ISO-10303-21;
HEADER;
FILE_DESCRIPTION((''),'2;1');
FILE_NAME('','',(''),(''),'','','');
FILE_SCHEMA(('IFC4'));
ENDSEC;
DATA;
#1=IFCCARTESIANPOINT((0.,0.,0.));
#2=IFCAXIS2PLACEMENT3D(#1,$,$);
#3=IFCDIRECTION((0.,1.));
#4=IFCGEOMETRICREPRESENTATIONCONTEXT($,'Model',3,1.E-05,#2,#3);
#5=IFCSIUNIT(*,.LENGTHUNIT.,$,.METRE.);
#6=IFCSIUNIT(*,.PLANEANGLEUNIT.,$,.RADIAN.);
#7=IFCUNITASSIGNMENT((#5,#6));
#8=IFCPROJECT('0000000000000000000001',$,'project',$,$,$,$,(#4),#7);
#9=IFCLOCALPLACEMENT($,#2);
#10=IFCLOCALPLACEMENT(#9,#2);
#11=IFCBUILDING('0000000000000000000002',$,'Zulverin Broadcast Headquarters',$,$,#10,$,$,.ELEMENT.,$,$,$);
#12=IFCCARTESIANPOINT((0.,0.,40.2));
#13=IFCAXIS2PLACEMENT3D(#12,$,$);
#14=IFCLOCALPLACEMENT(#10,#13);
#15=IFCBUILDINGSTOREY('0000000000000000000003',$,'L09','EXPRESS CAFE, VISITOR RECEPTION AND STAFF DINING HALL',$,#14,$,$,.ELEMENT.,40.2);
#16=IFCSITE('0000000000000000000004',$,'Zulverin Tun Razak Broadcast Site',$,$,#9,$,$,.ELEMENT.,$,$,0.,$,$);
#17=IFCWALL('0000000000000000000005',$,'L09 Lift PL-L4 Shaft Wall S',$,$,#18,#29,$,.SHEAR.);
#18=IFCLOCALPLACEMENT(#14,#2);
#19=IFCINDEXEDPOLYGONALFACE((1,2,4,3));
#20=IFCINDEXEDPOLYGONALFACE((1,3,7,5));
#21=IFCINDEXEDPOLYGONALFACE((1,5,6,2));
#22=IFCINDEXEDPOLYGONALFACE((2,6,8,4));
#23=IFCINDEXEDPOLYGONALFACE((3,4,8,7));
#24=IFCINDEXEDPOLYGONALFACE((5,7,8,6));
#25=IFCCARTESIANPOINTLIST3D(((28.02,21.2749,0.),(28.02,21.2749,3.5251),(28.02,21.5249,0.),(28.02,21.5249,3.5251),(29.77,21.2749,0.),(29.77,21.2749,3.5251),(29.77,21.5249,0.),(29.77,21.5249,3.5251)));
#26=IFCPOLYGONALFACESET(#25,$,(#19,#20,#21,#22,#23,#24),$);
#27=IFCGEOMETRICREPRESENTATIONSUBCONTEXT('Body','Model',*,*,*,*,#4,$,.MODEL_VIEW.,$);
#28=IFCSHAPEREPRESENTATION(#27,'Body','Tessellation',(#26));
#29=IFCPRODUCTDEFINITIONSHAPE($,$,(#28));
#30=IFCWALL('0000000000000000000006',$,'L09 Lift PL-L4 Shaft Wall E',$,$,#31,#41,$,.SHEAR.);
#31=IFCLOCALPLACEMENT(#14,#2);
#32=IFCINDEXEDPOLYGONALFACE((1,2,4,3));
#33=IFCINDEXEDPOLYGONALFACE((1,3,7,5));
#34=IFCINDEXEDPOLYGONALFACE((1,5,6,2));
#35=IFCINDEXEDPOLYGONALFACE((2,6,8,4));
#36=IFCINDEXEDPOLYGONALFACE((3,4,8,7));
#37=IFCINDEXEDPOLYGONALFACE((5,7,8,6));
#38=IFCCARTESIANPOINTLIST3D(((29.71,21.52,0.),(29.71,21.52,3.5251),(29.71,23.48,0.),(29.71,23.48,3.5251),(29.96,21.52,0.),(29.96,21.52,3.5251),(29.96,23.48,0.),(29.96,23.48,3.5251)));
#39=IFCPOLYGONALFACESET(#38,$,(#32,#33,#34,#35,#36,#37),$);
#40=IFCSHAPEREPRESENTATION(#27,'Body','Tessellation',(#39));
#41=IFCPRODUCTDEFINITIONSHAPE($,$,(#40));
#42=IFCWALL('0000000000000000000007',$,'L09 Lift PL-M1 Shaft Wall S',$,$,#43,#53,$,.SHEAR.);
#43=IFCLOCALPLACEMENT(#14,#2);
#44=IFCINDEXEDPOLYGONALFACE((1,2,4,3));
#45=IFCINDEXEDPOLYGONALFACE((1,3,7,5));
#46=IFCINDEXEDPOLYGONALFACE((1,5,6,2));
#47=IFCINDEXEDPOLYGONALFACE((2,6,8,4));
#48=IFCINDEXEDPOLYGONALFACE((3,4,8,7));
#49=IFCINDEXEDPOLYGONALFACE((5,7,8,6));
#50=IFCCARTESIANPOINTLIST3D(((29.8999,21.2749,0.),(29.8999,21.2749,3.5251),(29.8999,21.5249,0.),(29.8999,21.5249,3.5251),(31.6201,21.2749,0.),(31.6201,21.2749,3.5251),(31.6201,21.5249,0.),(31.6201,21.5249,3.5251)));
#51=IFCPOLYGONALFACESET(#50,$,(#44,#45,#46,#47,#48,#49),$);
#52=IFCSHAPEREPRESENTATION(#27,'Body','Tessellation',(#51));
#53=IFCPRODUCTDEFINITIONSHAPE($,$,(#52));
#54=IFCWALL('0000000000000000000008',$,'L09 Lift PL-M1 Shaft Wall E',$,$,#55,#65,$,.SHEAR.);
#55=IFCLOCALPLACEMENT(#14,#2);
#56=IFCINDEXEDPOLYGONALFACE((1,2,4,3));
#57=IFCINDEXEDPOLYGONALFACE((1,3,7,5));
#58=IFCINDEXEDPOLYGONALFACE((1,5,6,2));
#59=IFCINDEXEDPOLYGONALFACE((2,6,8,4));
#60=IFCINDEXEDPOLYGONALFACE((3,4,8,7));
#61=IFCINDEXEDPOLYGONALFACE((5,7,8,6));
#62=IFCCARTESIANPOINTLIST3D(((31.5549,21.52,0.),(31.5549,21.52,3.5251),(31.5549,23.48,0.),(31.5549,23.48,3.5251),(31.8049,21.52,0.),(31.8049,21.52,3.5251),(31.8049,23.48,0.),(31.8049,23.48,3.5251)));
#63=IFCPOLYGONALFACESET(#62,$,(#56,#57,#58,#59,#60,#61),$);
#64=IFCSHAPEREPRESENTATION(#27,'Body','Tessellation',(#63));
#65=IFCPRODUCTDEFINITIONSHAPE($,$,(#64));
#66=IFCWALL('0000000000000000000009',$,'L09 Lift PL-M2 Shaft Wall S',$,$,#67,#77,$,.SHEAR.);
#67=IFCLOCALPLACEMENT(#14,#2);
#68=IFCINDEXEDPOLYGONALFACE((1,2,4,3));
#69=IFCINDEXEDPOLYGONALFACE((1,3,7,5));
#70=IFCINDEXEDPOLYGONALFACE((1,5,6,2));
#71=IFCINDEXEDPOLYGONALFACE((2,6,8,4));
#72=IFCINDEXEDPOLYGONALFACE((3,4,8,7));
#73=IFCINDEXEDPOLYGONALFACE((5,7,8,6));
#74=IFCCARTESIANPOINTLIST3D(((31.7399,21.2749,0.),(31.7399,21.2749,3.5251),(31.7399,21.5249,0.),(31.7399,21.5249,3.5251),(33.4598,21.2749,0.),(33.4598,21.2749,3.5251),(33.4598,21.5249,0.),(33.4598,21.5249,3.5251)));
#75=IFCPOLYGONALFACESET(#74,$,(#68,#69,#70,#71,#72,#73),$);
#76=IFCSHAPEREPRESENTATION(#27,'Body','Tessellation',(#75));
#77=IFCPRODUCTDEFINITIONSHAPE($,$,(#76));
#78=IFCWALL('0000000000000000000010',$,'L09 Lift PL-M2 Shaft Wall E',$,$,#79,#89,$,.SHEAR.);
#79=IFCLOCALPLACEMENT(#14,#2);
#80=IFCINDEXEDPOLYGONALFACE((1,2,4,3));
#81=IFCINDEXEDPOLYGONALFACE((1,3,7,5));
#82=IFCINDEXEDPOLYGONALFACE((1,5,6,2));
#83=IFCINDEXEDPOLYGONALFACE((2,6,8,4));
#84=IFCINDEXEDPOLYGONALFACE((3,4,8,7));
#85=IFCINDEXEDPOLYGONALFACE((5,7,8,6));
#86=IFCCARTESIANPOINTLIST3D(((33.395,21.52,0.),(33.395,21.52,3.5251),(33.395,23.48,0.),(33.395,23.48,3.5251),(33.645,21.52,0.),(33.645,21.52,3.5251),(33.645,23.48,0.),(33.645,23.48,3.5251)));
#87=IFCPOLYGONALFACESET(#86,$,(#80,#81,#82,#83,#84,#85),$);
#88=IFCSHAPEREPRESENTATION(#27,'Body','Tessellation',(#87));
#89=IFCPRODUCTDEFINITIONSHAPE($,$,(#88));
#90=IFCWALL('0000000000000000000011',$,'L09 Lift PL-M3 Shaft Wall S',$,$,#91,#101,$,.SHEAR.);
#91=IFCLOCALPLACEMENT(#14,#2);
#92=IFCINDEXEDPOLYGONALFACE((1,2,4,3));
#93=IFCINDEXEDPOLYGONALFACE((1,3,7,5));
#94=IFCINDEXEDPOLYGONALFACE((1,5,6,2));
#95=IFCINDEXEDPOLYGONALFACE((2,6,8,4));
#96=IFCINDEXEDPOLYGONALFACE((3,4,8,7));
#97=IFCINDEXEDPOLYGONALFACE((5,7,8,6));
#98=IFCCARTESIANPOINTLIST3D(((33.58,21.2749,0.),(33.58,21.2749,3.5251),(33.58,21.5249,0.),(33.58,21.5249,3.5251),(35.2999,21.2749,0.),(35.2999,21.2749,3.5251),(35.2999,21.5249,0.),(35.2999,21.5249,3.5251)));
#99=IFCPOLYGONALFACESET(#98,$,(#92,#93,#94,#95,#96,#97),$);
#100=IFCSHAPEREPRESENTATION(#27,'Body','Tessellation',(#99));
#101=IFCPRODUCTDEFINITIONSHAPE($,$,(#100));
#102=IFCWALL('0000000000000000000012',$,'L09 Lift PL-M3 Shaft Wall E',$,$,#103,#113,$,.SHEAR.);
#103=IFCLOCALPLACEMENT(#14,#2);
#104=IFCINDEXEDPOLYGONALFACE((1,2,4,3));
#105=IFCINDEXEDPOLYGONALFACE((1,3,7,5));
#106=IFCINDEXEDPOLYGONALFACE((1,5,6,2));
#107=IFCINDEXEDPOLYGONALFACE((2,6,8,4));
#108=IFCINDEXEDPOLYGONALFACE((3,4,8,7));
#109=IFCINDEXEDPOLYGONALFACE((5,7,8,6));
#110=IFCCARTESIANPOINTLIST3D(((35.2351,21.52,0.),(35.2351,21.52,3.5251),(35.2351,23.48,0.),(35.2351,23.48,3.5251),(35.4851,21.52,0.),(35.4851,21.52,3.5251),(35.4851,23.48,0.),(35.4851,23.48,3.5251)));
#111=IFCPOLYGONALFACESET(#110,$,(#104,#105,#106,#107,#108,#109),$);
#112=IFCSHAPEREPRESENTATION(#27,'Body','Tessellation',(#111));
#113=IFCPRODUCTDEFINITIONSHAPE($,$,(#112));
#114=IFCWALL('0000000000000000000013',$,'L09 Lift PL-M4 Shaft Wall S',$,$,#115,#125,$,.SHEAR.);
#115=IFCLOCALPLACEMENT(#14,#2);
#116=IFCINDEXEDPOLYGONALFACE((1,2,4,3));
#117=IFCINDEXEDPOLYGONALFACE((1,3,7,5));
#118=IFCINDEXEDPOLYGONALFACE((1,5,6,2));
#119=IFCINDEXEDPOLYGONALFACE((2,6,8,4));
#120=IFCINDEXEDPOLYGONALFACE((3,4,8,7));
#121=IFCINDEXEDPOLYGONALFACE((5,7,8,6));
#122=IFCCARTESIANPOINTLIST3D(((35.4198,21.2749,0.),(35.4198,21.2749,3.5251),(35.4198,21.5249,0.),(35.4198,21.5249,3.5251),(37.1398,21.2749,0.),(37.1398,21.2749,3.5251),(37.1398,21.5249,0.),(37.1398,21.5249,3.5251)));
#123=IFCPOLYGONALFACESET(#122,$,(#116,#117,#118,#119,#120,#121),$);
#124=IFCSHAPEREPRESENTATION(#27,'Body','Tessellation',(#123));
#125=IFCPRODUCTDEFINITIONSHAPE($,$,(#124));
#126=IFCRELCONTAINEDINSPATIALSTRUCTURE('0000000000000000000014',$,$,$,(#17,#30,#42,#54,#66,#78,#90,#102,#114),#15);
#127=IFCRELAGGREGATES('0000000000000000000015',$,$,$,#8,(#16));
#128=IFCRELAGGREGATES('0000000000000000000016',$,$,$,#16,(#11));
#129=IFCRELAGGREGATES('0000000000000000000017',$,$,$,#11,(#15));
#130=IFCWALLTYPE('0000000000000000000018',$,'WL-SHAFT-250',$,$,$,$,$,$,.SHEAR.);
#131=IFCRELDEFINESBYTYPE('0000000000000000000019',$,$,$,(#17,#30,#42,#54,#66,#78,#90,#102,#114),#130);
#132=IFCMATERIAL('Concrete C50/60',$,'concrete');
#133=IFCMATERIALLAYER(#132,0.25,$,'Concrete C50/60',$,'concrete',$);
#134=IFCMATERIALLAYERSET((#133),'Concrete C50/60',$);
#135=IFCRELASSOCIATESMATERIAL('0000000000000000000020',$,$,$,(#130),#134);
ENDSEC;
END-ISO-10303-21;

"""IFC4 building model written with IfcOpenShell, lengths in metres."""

from ifc_helpers import new_model, si_unit, direction, frame, frame_2d, origin, place, context, subcontext, project, spatial, rectangle, extrude, material, layer, layer_set, type_object, element, save


model = new_model("IFC4")

# Units and contexts
model_context = context("Model", 3, precision=1e-05, world=origin(), true_north=direction((0.0, 1.0)))
body_context = subcontext(model_context, "Body", "Model", "MODEL_VIEW")
ifc_project = project(units=[si_unit("LENGTHUNIT", "METRE"), si_unit("PLANEANGLEUNIT", "RADIAN")], contexts=[model_context])

# Site, building, storey
site_placement = place(None, origin())
site = spatial("IfcSite", under=ifc_project, at=site_placement, Name="Zulverin Tun Razak Broadcast Site", CompositionType="ELEMENT", RefElevation=0.0)
building_placement = place(site_placement, origin())
building = spatial("IfcBuilding", under=site, at=building_placement, Name="Zulverin Broadcast Headquarters", CompositionType="ELEMENT")
storey_placement = place(building_placement, frame((0.0, 0.0, 40.2)))
storey = spatial("IfcBuildingStorey", under=building, at=storey_placement, Name="L09", Description="EXPRESS CAFE, VISITOR RECEPTION AND STAFF DINING HALL", CompositionType="ELEMENT", Elevation=40.2)

# Walls
ifc_material_1 = material(Name="Concrete C50/60", Category="concrete")
ifc_layer_1 = layer(ifc_material_1, 0.25, Name="Concrete C50/60", Category="concrete")
ifc_layer_set_1 = layer_set([ifc_layer_1], Name="Concrete C50/60")
wall_type_1 = type_object("IfcWallType", Name="WL-SHAFT-250", PredefinedType="SHEAR", material=ifc_layer_set_1)
wall_1_placement = place(storey_placement, frame((28.02, 21.3999, 0.0), z_axis=(0.0, 0.0, 1.0), x_axis=(1.0, 0.0, 0.0)))
element("IfcWall", 1, at=wall_1_placement, inside=storey, type_object=wall_type_1, Name="L09 Lift PL-L4 Shaft Wall S", PredefinedType="SHEAR", context=body_context, shape_type="SweptSolid", body=[
    extrude(rectangle(XDim=1.75, YDim=0.25, at=frame_2d((0.875, 0.0))), origin(), (0.0, 0.0, 1.0), 3.5251),
])
wall_2_placement = place(storey_placement, frame((29.835, 21.52, 0.0), z_axis=(0.0, 0.0, 1.0), x_axis=(0.0, 1.0, 0.0)))
element("IfcWall", 2, at=wall_2_placement, inside=storey, type_object=wall_type_1, Name="L09 Lift PL-L4 Shaft Wall E", PredefinedType="SHEAR", context=body_context, shape_type="SweptSolid", body=[
    extrude(rectangle(XDim=1.96, YDim=0.25, at=frame_2d((0.98, 0.0))), origin(), (0.0, 0.0, 1.0), 3.5251),
])
wall_3_placement = place(storey_placement, frame((29.8999, 21.3999, 0.0), z_axis=(0.0, 0.0, 1.0), x_axis=(1.0, 0.0, 0.0)))
element("IfcWall", 3, at=wall_3_placement, inside=storey, type_object=wall_type_1, Name="L09 Lift PL-M1 Shaft Wall S", PredefinedType="SHEAR", context=body_context, shape_type="SweptSolid", body=[
    extrude(rectangle(XDim=1.7202, YDim=0.25, at=frame_2d((0.8601, 0.0))), origin(), (0.0, 0.0, 1.0), 3.5251),
])
wall_4_placement = place(storey_placement, frame((31.6799, 21.52, 0.0), z_axis=(0.0, 0.0, 1.0), x_axis=(0.0, 1.0, 0.0)))
element("IfcWall", 4, at=wall_4_placement, inside=storey, type_object=wall_type_1, Name="L09 Lift PL-M1 Shaft Wall E", PredefinedType="SHEAR", context=body_context, shape_type="SweptSolid", body=[
    extrude(rectangle(XDim=1.96, YDim=0.25, at=frame_2d((0.98, 0.0))), origin(), (0.0, 0.0, 1.0), 3.5251),
])
wall_5_placement = place(storey_placement, frame((31.74, 21.3999, 0.0), z_axis=(0.0, 0.0, 1.0), x_axis=(1.0, 0.0, 0.0)))
element("IfcWall", 5, at=wall_5_placement, inside=storey, type_object=wall_type_1, Name="L09 Lift PL-M2 Shaft Wall S", PredefinedType="SHEAR", context=body_context, shape_type="SweptSolid", body=[
    extrude(rectangle(XDim=1.72, YDim=0.25, at=frame_2d((0.8599, 0.0))), origin(), (0.0, 0.0, 1.0), 3.5251),
])
wall_6_placement = place(storey_placement, frame((33.52, 21.52, 0.0), z_axis=(0.0, 0.0, 1.0), x_axis=(0.0, 1.0, 0.0)))
element("IfcWall", 6, at=wall_6_placement, inside=storey, type_object=wall_type_1, Name="L09 Lift PL-M2 Shaft Wall E", PredefinedType="SHEAR", context=body_context, shape_type="SweptSolid", body=[
    extrude(rectangle(XDim=1.96, YDim=0.25, at=frame_2d((0.98, 0.0))), origin(), (0.0, 0.0, 1.0), 3.5251),
])
wall_7_placement = place(storey_placement, frame((33.5801, 21.3999, 0.0), z_axis=(0.0, 0.0, 1.0), x_axis=(1.0, 0.0, 0.0)))
element("IfcWall", 7, at=wall_7_placement, inside=storey, type_object=wall_type_1, Name="L09 Lift PL-M3 Shaft Wall S", PredefinedType="SHEAR", context=body_context, shape_type="SweptSolid", body=[
    extrude(rectangle(XDim=1.72, YDim=0.25, at=frame_2d((0.8599, 0.0))), origin(), (0.0, 0.0, 1.0), 3.5251),
])
wall_8_placement = place(storey_placement, frame((35.3601, 21.52, 0.0), z_axis=(0.0, 0.0, 1.0), x_axis=(0.0, 1.0, 0.0)))
element("IfcWall", 8, at=wall_8_placement, inside=storey, type_object=wall_type_1, Name="L09 Lift PL-M3 Shaft Wall E", PredefinedType="SHEAR", context=body_context, shape_type="SweptSolid", body=[
    extrude(rectangle(XDim=1.96, YDim=0.25, at=frame_2d((0.98, 0.0))), origin(), (0.0, 0.0, 1.0), 3.5251),
])
wall_9_placement = place(storey_placement, frame((35.4199, 21.3999, 0.0), z_axis=(0.0, 0.0, 1.0), x_axis=(1.0, 0.0, 0.0)))
element("IfcWall", 9, at=wall_9_placement, inside=storey, type_object=wall_type_1, Name="L09 Lift PL-M4 Shaft Wall S", PredefinedType="SHEAR", context=body_context, shape_type="SweptSolid", body=[
    extrude(rectangle(XDim=1.72, YDim=0.25, at=frame_2d((0.8599, 0.0))), origin(), (0.0, 0.0, 1.0), 3.5251),
])

save(model, "model.ifc")
